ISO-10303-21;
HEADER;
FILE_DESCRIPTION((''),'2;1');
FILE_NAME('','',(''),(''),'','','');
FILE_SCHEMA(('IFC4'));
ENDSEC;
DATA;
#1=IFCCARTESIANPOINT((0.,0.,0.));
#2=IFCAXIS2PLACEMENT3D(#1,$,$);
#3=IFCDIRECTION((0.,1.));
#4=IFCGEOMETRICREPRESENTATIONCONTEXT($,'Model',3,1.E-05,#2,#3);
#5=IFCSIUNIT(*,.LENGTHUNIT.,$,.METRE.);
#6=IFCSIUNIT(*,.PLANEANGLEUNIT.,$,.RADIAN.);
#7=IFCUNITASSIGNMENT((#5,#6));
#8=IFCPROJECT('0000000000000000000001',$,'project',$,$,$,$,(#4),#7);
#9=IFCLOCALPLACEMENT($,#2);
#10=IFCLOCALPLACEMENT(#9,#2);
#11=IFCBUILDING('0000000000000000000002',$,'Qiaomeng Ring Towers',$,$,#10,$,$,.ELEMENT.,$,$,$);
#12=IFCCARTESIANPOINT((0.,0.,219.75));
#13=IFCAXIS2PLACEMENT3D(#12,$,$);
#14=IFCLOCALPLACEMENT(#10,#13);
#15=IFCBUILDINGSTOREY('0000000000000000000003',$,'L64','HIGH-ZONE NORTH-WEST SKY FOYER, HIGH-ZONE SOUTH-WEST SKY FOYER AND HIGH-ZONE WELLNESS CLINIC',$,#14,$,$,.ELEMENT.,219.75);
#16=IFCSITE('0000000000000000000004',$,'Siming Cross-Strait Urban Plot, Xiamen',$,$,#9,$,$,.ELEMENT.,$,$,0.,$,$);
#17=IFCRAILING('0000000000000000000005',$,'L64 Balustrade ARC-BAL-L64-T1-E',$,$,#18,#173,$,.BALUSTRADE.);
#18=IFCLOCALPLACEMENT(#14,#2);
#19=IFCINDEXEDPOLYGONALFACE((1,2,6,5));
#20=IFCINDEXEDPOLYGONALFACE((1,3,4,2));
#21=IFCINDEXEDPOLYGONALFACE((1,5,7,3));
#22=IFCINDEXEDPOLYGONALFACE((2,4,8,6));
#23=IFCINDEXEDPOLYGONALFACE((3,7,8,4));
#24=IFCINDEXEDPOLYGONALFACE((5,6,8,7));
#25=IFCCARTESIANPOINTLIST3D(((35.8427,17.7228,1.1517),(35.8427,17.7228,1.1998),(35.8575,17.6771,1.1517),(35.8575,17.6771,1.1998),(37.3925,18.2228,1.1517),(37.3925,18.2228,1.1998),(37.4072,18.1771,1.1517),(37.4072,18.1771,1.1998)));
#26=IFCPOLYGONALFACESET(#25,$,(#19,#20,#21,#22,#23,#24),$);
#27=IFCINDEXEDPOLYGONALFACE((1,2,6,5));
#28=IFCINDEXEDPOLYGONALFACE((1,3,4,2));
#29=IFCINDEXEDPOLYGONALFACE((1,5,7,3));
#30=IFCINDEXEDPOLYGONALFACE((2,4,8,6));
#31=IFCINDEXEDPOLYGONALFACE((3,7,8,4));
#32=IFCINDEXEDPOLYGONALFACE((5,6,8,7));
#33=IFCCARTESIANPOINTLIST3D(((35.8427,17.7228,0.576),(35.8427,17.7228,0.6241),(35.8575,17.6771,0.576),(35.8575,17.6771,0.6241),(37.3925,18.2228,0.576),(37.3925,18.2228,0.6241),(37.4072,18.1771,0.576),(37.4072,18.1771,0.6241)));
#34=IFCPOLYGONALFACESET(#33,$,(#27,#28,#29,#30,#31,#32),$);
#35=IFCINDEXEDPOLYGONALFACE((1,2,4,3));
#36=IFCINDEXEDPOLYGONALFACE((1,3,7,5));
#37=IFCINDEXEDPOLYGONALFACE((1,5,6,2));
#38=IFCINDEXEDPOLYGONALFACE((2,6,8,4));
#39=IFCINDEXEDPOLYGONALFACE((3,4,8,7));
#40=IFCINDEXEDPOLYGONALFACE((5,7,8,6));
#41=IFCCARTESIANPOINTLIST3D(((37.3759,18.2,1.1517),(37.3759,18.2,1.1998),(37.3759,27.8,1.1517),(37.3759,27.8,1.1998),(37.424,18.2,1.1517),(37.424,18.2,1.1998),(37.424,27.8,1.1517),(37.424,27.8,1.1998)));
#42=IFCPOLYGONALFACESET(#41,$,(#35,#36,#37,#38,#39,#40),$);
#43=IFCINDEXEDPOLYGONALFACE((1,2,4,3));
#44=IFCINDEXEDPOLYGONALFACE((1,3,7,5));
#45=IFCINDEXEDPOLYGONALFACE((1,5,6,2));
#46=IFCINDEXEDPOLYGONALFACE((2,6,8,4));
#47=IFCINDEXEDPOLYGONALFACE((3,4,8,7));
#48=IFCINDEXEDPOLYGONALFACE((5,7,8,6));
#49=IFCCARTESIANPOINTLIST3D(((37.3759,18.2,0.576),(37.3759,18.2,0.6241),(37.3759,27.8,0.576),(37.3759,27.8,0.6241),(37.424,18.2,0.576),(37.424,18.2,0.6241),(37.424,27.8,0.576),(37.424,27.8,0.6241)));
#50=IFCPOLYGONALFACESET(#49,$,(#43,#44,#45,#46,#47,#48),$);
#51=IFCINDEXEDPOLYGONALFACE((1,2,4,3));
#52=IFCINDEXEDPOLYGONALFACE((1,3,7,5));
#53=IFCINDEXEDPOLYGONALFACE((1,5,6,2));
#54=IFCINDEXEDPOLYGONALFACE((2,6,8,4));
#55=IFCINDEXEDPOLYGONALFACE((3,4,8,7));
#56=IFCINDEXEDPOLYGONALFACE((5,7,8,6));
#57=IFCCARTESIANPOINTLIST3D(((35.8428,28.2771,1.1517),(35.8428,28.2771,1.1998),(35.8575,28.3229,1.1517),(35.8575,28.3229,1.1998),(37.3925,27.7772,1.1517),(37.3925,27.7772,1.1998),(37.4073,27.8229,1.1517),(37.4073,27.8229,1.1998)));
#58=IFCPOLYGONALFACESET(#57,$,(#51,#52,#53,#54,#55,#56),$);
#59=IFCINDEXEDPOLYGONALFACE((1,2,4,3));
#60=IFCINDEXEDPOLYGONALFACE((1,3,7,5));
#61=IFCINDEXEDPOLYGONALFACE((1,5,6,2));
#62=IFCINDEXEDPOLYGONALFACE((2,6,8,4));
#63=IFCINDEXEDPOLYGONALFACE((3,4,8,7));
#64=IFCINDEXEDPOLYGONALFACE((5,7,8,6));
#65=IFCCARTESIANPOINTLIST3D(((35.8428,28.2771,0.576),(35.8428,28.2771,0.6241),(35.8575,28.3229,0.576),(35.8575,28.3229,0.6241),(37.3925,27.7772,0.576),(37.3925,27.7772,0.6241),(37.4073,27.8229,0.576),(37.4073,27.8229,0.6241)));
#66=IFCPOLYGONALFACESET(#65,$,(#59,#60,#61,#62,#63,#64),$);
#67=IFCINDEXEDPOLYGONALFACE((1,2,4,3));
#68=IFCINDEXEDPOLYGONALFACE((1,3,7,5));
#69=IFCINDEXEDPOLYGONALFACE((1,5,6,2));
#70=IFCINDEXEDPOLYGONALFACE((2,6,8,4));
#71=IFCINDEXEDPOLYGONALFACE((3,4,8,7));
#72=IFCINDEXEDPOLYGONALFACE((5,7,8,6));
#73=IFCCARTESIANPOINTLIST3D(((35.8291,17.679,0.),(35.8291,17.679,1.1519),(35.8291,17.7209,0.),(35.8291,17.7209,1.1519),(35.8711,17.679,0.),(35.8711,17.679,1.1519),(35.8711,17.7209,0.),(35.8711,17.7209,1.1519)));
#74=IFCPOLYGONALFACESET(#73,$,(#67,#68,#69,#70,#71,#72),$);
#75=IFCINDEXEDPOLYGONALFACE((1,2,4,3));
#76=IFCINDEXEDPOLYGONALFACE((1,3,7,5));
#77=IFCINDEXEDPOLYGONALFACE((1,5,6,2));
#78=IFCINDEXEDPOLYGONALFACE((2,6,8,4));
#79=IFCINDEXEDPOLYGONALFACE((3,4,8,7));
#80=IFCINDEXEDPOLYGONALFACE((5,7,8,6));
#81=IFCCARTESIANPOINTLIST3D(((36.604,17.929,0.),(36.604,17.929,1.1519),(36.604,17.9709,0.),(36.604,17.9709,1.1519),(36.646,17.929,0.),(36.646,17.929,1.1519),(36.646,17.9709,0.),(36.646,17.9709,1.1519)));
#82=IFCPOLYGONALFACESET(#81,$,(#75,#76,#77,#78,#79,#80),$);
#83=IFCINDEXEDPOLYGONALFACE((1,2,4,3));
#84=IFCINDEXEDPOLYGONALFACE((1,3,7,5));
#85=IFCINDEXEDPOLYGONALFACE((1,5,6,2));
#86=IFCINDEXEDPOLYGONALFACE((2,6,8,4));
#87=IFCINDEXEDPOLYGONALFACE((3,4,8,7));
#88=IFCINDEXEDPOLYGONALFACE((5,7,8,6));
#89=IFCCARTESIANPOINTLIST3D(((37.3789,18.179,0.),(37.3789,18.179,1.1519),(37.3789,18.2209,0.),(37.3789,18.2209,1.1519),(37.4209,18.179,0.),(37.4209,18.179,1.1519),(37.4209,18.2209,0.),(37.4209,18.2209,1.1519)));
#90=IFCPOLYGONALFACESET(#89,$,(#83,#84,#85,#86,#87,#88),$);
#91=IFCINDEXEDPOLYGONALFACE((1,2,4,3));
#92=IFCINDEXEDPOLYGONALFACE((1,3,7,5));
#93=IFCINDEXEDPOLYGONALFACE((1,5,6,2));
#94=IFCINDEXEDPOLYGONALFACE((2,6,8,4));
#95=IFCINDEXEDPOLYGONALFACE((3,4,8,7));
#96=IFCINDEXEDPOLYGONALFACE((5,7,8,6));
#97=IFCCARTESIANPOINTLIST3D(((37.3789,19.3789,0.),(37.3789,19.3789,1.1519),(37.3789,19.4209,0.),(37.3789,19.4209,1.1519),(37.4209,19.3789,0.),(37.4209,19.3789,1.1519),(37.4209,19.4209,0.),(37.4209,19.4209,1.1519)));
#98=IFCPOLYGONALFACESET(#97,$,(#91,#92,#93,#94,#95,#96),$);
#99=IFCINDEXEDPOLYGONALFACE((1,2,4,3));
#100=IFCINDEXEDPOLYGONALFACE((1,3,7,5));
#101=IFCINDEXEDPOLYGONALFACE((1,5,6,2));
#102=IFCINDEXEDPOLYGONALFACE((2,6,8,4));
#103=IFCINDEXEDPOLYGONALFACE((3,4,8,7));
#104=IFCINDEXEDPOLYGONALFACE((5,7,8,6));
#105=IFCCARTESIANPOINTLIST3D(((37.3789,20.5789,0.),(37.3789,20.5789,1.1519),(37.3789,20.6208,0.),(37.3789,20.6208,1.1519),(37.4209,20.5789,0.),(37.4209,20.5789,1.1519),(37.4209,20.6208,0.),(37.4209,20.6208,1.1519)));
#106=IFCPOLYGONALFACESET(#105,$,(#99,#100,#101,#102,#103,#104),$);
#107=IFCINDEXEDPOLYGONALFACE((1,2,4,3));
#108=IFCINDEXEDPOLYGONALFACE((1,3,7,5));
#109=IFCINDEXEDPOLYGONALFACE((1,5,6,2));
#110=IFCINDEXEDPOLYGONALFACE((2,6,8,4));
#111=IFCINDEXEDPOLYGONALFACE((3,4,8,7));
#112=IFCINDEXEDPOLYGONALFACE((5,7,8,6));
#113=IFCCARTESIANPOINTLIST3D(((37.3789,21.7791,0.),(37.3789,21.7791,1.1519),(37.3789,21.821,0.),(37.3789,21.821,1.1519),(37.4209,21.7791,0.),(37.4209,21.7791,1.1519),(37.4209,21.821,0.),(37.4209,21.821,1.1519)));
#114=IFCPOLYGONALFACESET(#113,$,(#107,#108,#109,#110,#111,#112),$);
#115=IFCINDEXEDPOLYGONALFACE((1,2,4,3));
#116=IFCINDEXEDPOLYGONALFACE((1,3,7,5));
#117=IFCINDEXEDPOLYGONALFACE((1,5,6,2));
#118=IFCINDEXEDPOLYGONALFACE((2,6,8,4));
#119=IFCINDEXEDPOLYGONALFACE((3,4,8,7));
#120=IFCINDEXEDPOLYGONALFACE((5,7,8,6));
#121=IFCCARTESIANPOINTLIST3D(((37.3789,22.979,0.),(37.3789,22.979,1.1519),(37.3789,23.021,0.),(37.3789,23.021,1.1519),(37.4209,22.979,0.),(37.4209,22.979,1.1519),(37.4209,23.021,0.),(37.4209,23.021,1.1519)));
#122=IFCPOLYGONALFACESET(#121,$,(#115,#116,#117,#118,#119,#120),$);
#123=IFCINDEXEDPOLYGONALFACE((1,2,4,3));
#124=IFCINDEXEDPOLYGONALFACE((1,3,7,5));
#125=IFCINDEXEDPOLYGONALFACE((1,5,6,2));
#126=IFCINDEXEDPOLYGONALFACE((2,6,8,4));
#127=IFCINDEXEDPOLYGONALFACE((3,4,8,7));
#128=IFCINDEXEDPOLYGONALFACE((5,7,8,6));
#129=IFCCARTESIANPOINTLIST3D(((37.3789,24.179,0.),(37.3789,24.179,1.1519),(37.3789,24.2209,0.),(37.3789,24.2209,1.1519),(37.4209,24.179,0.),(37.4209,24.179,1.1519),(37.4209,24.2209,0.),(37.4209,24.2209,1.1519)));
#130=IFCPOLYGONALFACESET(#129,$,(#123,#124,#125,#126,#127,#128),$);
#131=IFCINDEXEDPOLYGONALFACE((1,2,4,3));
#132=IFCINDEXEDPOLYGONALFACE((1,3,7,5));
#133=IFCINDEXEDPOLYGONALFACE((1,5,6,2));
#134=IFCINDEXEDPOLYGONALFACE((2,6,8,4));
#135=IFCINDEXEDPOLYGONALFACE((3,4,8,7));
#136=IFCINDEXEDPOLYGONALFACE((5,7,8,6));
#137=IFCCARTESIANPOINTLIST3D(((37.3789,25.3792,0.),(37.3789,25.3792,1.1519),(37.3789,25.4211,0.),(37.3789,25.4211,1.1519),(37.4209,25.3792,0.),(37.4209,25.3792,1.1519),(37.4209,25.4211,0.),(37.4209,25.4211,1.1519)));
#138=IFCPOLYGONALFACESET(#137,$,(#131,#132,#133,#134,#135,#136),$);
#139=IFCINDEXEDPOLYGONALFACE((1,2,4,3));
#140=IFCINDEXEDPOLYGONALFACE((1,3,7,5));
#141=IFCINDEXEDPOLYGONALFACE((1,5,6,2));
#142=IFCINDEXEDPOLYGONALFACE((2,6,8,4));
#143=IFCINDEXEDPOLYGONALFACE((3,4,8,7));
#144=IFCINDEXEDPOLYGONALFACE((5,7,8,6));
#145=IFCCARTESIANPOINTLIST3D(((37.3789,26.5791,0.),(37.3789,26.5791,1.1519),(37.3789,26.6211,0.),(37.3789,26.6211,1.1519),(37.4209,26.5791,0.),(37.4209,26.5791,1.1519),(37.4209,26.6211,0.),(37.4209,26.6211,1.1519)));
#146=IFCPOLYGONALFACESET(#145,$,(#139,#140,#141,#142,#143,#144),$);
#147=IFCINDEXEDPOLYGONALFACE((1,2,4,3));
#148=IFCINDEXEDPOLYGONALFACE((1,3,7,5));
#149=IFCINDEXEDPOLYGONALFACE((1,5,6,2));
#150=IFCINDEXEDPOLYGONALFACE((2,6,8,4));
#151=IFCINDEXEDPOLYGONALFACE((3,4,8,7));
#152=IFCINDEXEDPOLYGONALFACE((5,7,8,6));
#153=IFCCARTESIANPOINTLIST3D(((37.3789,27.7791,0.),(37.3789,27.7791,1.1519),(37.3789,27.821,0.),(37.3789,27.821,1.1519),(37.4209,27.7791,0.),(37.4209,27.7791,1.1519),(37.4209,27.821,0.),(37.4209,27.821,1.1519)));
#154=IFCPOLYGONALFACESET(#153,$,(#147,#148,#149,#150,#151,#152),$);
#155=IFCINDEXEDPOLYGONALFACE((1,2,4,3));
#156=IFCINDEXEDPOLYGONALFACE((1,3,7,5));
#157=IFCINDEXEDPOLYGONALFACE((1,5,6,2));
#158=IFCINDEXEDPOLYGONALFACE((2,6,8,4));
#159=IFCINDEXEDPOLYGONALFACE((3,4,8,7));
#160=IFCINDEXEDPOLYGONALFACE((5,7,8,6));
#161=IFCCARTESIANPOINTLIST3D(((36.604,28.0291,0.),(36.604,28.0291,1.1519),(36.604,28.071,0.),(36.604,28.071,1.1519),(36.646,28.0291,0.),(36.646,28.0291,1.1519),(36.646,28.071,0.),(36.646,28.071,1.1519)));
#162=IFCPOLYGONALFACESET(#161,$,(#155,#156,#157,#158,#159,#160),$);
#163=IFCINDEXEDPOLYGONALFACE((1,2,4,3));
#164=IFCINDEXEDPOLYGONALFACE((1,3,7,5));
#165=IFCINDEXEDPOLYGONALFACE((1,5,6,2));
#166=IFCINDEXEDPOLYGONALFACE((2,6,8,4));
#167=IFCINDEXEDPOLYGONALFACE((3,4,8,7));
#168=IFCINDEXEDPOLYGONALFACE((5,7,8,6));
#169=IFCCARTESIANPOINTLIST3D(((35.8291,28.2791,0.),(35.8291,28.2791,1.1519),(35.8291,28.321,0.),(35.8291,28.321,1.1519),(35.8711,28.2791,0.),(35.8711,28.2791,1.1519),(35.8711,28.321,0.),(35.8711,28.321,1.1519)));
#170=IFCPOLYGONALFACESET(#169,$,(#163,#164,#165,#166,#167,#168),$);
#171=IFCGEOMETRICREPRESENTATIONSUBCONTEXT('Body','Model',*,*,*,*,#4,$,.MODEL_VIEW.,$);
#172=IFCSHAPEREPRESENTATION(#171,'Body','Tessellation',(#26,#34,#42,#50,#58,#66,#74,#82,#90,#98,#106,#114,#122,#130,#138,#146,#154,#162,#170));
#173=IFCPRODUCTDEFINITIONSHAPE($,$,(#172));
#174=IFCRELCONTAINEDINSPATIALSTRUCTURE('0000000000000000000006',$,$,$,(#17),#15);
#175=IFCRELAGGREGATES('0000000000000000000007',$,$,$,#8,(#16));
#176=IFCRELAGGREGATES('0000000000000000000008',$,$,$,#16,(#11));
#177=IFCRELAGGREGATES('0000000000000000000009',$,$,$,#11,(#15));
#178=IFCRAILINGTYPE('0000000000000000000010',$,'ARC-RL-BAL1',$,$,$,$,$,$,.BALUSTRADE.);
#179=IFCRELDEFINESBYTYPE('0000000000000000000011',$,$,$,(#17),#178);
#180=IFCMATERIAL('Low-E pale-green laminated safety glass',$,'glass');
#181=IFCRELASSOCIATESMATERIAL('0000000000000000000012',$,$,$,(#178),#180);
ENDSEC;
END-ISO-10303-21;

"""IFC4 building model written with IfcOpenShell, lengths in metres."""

from ifc_helpers import new_model, si_unit, direction, frame, origin, origin_2d, place, context, subcontext, project, spatial, rectangle, extrude, material, type_object, element, save


model = new_model("IFC4")

# Units and contexts
model_context = context("Model", 3, precision=1e-05, world=origin(), true_north=direction((0.0, 1.0)))
body_context = subcontext(model_context, "Body", "Model", "MODEL_VIEW")
ifc_project = project(units=[si_unit("LENGTHUNIT", "METRE"), si_unit("PLANEANGLEUNIT", "RADIAN")], contexts=[model_context])

# Site, building, storey
site_placement = place(None, origin())
site = spatial("IfcSite", under=ifc_project, at=site_placement, Name="Siming Cross-Strait Urban Plot, Xiamen", CompositionType="ELEMENT", RefElevation=0.0)
building_placement = place(site_placement, origin())
building = spatial("IfcBuilding", under=site, at=building_placement, Name="Qiaomeng Ring Towers", CompositionType="ELEMENT")
storey_placement = place(building_placement, frame((0.0, 0.0, 219.75)))
storey = spatial("IfcBuildingStorey", under=building, at=storey_placement, Name="L64", Description="HIGH-ZONE NORTH-WEST SKY FOYER, HIGH-ZONE SOUTH-WEST SKY FOYER AND HIGH-ZONE WELLNESS CLINIC", CompositionType="ELEMENT", Elevation=219.75)

# Railing
ifc_material_1 = material(Name="Low-E pale-green laminated safety glass", Category="glass")
railing_type = type_object("IfcRailingType", Name="ARC-RL-BAL1", PredefinedType="BALUSTRADE", material=ifc_material_1)
railing_placement = place(storey_placement, frame((35.8501, 17.7, 0.0)))
element("IfcRailing", 1, at=railing_placement, inside=storey, type_object=railing_type, Name="L64 Balustrade ARC-BAL-L64-T1-E", PredefinedType="BALUSTRADE", context=body_context, shape_type="SweptSolid", body=[
    extrude(rectangle(XDim=0.0481, YDim=0.0481, at=origin_2d()), frame((0.0, 0.0, 1.1758), z_axis=(0.951697, 0.307038, 0.0), x_axis=(-0.307038, 0.951697, 0.0)), (0.0, 0.0, 1.0), 1.6284),
    extrude(rectangle(XDim=0.0481, YDim=0.0481, at=origin_2d()), frame((0.0, 0.0, 0.6001), z_axis=(0.951697, 0.307038, 0.0), x_axis=(-0.307038, 0.951697, 0.0)), (0.0, 0.0, 1.0), 1.6284),
    extrude(rectangle(XDim=0.0481, YDim=0.0481, at=origin_2d()), frame((1.5498, 0.5, 1.1758), z_axis=(0.0, 1.0, 0.0), x_axis=(-1.0, 0.0, 0.0)), (0.0, 0.0, 1.0), 9.6001),
    extrude(rectangle(XDim=0.0481, YDim=0.0481, at=origin_2d()), frame((1.5498, 0.5, 0.6001), z_axis=(0.0, 1.0, 0.0), x_axis=(-1.0, 0.0, 0.0)), (0.0, 0.0, 1.0), 9.6001),
    extrude(rectangle(XDim=0.0481, YDim=0.0481, at=origin_2d()), frame((1.5498, 10.1001, 1.1758), z_axis=(-0.951697, 0.307038, 0.0), x_axis=(-0.307038, -0.951697, 0.0)), (0.0, 0.0, 1.0), 1.6284),
    extrude(rectangle(XDim=0.0481, YDim=0.0481, at=origin_2d()), frame((1.5498, 10.1001, 0.6001), z_axis=(-0.951697, 0.307038, 0.0), x_axis=(-0.307038, -0.951697, 0.0)), (0.0, 0.0, 1.0), 1.6284),
    extrude(rectangle(XDim=0.042, YDim=0.042, at=origin_2d()), origin(), (0.0, 0.0, 1.0), 1.1519),
    extrude(rectangle(XDim=0.042, YDim=0.042, at=origin_2d()), frame((0.7749, 0.25, 0.0)), (0.0, 0.0, 1.0), 1.1519),
    extrude(rectangle(XDim=0.042, YDim=0.042, at=origin_2d()), frame((1.5498, 0.5, 0.0)), (0.0, 0.0, 1.0), 1.1519),
    extrude(rectangle(XDim=0.042, YDim=0.042, at=origin_2d()), frame((1.5498, 1.7, 0.0)), (0.0, 0.0, 1.0), 1.1519),
    extrude(rectangle(XDim=0.042, YDim=0.042, at=origin_2d()), frame((1.5498, 2.8999, 0.0)), (0.0, 0.0, 1.0), 1.1519),
    extrude(rectangle(XDim=0.042, YDim=0.042, at=origin_2d()), frame((1.5498, 4.1001, 0.0)), (0.0, 0.0, 1.0), 1.1519),
    extrude(rectangle(XDim=0.042, YDim=0.042, at=origin_2d()), frame((1.5498, 5.3, 0.0)), (0.0, 0.0, 1.0), 1.1519),
    extrude(rectangle(XDim=0.042, YDim=0.042, at=origin_2d()), frame((1.5498, 6.5, 0.0)), (0.0, 0.0, 1.0), 1.1519),
    extrude(rectangle(XDim=0.042, YDim=0.042, at=origin_2d()), frame((1.5498, 7.7002, 0.0)), (0.0, 0.0, 1.0), 1.1519),
    extrude(rectangle(XDim=0.042, YDim=0.042, at=origin_2d()), frame((1.5498, 8.9001, 0.0)), (0.0, 0.0, 1.0), 1.1519),
    extrude(rectangle(XDim=0.042, YDim=0.042, at=origin_2d()), frame((1.5498, 10.1001, 0.0)), (0.0, 0.0, 1.0), 1.1519),
    extrude(rectangle(XDim=0.042, YDim=0.042, at=origin_2d()), frame((0.7749, 10.3501, 0.0)), (0.0, 0.0, 1.0), 1.1519),
    extrude(rectangle(XDim=0.042, YDim=0.042, at=origin_2d()), frame((0.0, 10.6001, 0.0)), (0.0, 0.0, 1.0), 1.1519),
])

save(model, "model.ifc")
